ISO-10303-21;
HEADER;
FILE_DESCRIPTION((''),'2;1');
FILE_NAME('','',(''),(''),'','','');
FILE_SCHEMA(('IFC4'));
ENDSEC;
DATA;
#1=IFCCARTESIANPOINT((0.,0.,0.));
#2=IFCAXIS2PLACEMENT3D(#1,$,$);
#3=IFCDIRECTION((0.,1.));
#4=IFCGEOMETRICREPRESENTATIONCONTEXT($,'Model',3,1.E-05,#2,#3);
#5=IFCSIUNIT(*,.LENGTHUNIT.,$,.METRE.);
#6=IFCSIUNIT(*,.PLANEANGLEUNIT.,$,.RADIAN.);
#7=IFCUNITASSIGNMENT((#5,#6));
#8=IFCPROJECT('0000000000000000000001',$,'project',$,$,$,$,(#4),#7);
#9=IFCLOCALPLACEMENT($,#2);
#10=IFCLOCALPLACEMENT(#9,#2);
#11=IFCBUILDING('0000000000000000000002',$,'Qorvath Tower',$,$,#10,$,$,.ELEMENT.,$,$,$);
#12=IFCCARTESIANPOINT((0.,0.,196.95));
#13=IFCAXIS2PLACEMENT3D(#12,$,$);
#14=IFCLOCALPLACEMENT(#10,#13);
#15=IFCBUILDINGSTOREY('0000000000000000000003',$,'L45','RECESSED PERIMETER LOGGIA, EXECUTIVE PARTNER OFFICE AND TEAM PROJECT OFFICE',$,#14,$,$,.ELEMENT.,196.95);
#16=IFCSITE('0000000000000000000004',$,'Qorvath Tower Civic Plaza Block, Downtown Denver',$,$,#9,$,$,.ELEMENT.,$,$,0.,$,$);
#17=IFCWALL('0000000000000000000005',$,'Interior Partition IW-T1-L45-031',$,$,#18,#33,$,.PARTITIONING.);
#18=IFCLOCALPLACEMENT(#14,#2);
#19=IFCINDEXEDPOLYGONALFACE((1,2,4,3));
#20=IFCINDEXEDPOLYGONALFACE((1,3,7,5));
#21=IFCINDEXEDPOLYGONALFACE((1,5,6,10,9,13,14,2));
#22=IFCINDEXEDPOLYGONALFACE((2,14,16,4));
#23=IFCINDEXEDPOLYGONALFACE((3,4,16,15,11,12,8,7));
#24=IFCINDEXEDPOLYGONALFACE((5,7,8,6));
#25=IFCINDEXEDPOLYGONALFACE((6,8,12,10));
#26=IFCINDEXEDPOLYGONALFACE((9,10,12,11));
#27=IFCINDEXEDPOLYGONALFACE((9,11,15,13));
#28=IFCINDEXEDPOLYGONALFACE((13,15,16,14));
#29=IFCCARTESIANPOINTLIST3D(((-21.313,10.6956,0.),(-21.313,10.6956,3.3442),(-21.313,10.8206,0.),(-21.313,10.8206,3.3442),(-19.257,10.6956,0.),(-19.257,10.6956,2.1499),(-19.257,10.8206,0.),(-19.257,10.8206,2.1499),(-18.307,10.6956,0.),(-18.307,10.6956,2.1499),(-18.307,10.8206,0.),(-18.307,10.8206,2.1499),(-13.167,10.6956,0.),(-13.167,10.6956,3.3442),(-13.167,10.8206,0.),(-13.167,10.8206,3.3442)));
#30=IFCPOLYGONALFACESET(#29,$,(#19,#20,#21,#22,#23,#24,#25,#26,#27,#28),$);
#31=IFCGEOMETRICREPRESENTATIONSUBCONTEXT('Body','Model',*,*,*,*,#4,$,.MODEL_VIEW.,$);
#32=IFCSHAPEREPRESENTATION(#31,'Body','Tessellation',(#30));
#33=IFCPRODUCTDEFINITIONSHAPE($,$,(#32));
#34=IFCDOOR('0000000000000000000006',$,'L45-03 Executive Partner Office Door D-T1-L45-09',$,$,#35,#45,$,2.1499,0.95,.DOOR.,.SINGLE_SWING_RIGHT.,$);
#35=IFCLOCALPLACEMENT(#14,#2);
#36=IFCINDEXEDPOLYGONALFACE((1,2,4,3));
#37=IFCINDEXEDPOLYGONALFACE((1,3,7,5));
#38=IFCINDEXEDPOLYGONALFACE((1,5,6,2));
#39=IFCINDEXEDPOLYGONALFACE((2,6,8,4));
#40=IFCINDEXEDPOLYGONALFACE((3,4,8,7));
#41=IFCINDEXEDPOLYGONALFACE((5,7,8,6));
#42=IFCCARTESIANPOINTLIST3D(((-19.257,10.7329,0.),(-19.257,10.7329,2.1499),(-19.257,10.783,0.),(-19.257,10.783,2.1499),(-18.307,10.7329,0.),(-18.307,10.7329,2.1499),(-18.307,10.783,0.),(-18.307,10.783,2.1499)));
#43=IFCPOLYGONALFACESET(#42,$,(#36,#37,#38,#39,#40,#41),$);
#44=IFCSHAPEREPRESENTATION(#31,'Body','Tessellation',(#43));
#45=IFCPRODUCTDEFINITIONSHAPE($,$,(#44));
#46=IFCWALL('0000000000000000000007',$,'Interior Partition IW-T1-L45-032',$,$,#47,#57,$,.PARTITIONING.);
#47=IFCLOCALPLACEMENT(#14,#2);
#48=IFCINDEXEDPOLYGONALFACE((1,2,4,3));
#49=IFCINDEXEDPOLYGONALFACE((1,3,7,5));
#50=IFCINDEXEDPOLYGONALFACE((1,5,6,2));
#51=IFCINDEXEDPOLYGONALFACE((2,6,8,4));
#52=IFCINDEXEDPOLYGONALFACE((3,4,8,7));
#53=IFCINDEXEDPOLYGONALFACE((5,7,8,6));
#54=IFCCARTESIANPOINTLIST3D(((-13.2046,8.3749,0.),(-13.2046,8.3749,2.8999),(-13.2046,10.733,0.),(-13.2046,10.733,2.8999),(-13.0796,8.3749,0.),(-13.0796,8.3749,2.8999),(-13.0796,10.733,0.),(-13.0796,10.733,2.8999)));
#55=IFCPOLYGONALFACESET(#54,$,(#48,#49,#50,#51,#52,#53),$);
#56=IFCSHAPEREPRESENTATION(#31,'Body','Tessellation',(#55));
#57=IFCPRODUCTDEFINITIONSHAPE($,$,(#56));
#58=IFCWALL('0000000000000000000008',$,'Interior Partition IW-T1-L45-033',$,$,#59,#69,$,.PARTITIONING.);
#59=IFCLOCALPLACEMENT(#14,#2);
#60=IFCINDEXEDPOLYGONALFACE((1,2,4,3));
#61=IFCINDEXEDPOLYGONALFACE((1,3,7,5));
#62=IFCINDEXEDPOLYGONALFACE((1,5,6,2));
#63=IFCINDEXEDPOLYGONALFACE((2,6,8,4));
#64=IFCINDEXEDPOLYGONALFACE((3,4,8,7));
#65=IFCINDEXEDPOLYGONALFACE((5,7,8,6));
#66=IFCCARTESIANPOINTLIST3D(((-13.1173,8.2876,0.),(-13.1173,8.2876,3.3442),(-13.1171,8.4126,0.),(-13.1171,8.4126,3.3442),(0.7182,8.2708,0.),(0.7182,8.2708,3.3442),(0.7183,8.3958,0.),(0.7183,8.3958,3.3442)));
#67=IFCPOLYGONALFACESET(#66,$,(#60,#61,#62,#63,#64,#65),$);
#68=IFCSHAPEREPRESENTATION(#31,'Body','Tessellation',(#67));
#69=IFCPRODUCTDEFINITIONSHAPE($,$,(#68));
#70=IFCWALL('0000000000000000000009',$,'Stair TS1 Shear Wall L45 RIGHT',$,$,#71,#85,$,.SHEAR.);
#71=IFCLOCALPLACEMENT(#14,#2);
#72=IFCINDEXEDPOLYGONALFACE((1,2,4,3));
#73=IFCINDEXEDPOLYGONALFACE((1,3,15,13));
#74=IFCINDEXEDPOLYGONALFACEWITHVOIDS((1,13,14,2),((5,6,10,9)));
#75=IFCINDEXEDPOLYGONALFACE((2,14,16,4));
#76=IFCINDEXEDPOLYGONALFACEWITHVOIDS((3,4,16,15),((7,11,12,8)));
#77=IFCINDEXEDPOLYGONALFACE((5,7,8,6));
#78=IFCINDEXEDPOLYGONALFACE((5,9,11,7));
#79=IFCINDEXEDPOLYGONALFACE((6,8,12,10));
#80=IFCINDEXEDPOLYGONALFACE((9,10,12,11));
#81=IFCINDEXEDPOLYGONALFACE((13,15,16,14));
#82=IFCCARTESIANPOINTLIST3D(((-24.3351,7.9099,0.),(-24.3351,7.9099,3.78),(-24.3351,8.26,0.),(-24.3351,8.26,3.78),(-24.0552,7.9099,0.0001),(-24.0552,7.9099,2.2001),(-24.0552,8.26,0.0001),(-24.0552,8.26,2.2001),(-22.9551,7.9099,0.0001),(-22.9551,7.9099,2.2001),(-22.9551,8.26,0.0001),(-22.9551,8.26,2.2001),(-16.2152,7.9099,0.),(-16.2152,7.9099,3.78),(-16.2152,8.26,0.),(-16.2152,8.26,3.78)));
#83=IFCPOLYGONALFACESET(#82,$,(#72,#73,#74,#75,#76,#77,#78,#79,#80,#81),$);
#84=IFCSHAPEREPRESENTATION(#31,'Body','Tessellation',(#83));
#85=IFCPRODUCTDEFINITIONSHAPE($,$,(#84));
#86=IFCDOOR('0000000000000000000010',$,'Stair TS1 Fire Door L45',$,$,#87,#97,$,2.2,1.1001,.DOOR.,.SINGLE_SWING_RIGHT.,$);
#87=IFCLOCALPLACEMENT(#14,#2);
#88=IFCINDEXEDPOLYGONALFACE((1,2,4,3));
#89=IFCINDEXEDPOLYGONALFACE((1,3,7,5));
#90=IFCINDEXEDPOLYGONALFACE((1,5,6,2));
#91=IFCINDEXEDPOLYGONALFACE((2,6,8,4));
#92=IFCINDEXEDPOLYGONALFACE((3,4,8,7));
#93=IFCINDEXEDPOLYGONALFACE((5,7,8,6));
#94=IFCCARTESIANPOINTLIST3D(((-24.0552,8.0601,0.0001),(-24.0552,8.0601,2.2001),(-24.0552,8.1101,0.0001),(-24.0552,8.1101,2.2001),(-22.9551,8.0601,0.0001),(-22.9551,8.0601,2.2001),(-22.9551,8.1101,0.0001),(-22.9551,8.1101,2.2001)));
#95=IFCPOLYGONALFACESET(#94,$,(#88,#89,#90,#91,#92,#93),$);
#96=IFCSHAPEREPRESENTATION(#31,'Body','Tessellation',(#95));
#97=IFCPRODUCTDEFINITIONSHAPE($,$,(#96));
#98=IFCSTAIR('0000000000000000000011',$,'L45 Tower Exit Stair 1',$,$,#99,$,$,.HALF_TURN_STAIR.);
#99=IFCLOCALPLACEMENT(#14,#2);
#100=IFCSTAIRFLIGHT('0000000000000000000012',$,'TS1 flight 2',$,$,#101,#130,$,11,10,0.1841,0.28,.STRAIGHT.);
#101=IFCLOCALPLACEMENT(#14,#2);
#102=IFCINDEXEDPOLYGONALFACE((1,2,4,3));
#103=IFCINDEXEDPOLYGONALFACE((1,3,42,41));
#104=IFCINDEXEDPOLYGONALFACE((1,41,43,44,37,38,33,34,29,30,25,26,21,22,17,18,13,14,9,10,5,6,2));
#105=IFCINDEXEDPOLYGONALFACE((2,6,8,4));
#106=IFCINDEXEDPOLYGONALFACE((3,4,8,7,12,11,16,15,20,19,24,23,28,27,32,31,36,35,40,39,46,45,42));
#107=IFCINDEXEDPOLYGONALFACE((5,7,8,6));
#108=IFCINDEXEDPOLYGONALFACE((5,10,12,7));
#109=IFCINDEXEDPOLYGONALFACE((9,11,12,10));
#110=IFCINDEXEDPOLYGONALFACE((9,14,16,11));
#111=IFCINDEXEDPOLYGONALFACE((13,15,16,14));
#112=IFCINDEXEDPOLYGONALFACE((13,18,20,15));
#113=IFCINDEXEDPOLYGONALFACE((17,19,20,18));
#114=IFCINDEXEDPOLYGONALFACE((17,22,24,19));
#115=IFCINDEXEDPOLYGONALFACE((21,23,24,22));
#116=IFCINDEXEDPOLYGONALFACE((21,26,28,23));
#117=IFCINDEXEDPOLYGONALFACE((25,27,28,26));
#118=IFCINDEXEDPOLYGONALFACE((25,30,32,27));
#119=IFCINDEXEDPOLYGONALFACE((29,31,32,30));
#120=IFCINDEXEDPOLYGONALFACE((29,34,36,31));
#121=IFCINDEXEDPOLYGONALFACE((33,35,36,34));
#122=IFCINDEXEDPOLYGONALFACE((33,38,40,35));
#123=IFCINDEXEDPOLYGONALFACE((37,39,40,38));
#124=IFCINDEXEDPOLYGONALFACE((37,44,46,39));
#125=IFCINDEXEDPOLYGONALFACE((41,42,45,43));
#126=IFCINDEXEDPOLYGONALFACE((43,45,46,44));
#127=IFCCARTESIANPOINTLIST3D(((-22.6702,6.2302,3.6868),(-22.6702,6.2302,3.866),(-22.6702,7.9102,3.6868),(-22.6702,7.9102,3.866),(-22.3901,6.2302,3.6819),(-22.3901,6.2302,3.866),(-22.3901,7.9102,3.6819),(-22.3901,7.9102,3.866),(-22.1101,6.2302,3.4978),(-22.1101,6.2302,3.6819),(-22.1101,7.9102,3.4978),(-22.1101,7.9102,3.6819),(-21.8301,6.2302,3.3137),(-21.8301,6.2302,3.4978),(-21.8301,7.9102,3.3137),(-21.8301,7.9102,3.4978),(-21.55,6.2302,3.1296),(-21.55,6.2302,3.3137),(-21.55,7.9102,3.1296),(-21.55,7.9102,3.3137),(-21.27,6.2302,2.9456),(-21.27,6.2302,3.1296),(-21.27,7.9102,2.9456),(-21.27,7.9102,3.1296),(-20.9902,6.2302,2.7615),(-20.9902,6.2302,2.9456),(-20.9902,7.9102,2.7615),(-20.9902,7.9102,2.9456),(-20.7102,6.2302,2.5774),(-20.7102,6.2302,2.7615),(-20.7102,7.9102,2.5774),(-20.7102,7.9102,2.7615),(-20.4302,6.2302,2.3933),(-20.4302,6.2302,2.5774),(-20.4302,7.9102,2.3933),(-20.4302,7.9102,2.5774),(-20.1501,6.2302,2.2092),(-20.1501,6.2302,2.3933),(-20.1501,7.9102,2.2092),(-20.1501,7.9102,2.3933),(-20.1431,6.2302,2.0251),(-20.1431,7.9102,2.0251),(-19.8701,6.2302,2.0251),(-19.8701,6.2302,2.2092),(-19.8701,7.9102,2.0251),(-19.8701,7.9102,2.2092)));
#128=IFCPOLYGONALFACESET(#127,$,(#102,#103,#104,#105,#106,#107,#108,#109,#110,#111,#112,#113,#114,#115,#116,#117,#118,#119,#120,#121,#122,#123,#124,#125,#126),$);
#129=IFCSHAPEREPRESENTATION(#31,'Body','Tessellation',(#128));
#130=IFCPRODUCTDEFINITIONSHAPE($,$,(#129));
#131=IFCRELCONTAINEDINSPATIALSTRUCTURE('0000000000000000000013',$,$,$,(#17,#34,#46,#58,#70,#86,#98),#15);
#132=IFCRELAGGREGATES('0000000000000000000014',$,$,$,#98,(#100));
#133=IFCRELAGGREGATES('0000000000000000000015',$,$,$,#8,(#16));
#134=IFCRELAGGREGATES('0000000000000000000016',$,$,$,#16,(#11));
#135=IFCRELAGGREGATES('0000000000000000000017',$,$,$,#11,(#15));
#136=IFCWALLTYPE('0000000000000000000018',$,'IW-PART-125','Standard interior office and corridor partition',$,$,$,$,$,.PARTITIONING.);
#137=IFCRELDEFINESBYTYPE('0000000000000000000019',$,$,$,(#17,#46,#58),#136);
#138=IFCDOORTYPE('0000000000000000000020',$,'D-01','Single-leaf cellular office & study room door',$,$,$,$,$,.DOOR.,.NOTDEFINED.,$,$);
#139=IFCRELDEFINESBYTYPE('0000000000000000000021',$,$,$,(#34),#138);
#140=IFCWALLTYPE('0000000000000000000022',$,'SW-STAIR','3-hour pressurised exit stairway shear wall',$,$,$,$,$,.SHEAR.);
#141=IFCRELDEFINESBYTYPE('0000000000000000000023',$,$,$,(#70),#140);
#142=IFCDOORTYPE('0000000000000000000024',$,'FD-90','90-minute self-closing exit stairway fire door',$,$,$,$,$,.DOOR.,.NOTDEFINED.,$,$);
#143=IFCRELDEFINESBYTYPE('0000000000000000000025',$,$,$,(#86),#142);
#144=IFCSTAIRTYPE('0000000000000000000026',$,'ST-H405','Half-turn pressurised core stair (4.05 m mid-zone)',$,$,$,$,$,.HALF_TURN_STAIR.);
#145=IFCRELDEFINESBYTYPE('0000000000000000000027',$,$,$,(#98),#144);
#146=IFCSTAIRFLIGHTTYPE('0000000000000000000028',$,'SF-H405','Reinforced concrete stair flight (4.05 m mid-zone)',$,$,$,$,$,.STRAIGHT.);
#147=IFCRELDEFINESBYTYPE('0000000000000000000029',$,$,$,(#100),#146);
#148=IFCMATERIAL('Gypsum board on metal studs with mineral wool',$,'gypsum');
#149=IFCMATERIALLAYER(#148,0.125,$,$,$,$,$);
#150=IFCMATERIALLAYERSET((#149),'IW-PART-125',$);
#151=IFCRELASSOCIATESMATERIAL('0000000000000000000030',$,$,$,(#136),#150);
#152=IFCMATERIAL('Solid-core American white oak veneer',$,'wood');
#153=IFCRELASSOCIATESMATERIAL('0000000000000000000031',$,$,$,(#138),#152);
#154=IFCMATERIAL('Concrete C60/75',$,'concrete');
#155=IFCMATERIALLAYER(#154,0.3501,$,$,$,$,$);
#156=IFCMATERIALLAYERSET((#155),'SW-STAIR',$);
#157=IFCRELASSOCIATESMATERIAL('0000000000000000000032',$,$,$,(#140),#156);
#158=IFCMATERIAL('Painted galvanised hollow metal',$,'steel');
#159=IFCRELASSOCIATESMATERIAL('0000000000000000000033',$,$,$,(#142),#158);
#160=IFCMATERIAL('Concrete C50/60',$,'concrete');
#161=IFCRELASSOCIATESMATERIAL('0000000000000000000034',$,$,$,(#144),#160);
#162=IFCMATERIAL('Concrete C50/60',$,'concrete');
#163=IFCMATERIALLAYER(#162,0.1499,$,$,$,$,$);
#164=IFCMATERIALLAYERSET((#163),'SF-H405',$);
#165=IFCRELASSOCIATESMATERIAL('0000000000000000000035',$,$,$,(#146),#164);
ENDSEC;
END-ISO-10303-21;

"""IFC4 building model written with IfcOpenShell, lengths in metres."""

from ifc_helpers import new_model, si_unit, direction, frame, frame_2d, origin, place, context, subcontext, project, spatial, polyline, rectangle, outline, extrude, material, layer, layer_set, type_object, element, fill, aggregate, save


model = new_model("IFC4")

# Units and contexts
model_context = context("Model", 3, precision=1e-05, world=origin(), true_north=direction((0.0, 1.0)))
body_context = subcontext(model_context, "Body", "Model", "MODEL_VIEW")
ifc_project = project(units=[si_unit("LENGTHUNIT", "METRE"), si_unit("PLANEANGLEUNIT", "RADIAN")], contexts=[model_context])

# Site, building, storey
site_placement = place(None, origin())
site = spatial("IfcSite", under=ifc_project, at=site_placement, Name="Qorvath Tower Civic Plaza Block, Downtown Denver", CompositionType="ELEMENT", RefElevation=0.0)
building_placement = place(site_placement, origin())
building = spatial("IfcBuilding", under=site, at=building_placement, Name="Qorvath Tower", CompositionType="ELEMENT")
storey_placement = place(building_placement, frame((0.0, 0.0, 196.95)))
storey = spatial("IfcBuildingStorey", under=building, at=storey_placement, Name="L45", Description="RECESSED PERIMETER LOGGIA, EXECUTIVE PARTNER OFFICE AND TEAM PROJECT OFFICE", CompositionType="ELEMENT", Elevation=196.95)

# Wall, opening, door
ifc_material_1 = material(Name="Gypsum board on metal studs with mineral wool", Category="gypsum")
ifc_layer_1 = layer(ifc_material_1, 0.125)
ifc_layer_set_1 = layer_set([ifc_layer_1], Name="IW-PART-125")
wall_type_1 = type_object("IfcWallType", Name="IW-PART-125", Description="Standard interior office and corridor partition", PredefinedType="PARTITIONING", material=ifc_layer_set_1)
wall_1_placement = place(storey_placement, frame((-21.313, 10.7581, 0.0), z_axis=(0.0, 0.0, 1.0), x_axis=(1.0, 0.0, 0.0)))
wall_1 = element("IfcWall", 1, at=wall_1_placement, inside=storey, type_object=wall_type_1, Name="Interior Partition IW-T1-L45-031", PredefinedType="PARTITIONING", context=body_context, shape_type="SweptSolid", body=[
    extrude(rectangle(XDim=8.146, YDim=0.125, at=frame_2d((4.073, 0.0))), origin(), (0.0, 0.0, 1.0), 3.3442),
])
opening_1_placement = place(wall_1_placement, frame((2.0559, 0.0, 0.0)))
opening_1 = element("IfcOpeningElement", 2, at=opening_1_placement, cuts=wall_1, PredefinedType="OPENING", context=body_context, shape_type="SweptSolid", body=[
    extrude(rectangle(XDim=0.95, YDim=2.1499, at=frame_2d((0.4751, 1.075))), frame((0.0, 0.0725, 0.0), z_axis=(0.0, -1.0, 0.0), x_axis=(1.0, 0.0, 0.0)), (0.0, 0.0, 1.0), 0.145),
])
ifc_material_2 = material(Name="Solid-core American white oak veneer", Category="wood")
door_type_1 = type_object("IfcDoorType", Name="D-01", Description="Single-leaf cellular office & study room door", OperationType="NOTDEFINED", PredefinedType="DOOR", material=ifc_material_2)
door_1_placement = place(opening_1_placement, origin())
door_1 = element("IfcDoor", 3, at=door_1_placement, inside=storey, type_object=door_type_1, Name="L45-03 Executive Partner Office Door D-T1-L45-09", OperationType="SINGLE_SWING_RIGHT", OverallHeight=2.1499, OverallWidth=0.95, PredefinedType="DOOR", context=body_context, shape_type="SweptSolid", body=[
    extrude(rectangle(XDim=0.95, YDim=2.1499, at=frame_2d((0.4751, 1.075))), frame((0.0, 0.0249, 0.0), z_axis=(0.0, -1.0, 0.0), x_axis=(1.0, 0.0, 0.0)), (0.0, 0.0, 1.0), 0.05),
])
fill(opening_1, door_1)

# Walls
wall_2_placement = place(storey_placement, frame((-13.1421, 10.7332, 0.0), z_axis=(0.0, 0.0, 1.0), x_axis=(0.0, -1.0, 0.0)))
element("IfcWall", 4, at=wall_2_placement, inside=storey, type_object=wall_type_1, Name="Interior Partition IW-T1-L45-032", PredefinedType="PARTITIONING", context=body_context, shape_type="SweptSolid", body=[
    extrude(rectangle(XDim=2.3582, YDim=0.125, at=frame_2d((1.1792, 0.0))), origin(), (0.0, 0.0, 1.0), 2.8999),
])
wall_3_placement = place(storey_placement, frame((-13.1172, 8.3501, 0.0), z_axis=(0.0, 0.0, 1.0), x_axis=(0.999999, -0.001218, 0.0)))
element("IfcWall", 5, at=wall_3_placement, inside=storey, type_object=wall_type_1, Name="Interior Partition IW-T1-L45-033", PredefinedType="PARTITIONING", context=body_context, shape_type="SweptSolid", body=[
    extrude(rectangle(XDim=13.8354, YDim=0.125, at=frame_2d((6.9177, 0.0))), origin(), (0.0, 0.0, 1.0), 3.3442),
])

# Wall, opening, door
ifc_material_3 = material(Name="Concrete C60/75", Category="concrete")
ifc_layer_2 = layer(ifc_material_3, 0.3501)
ifc_layer_set_2 = layer_set([ifc_layer_2], Name="SW-STAIR")
wall_type_2 = type_object("IfcWallType", Name="SW-STAIR", Description="3-hour pressurised exit stairway shear wall", PredefinedType="SHEAR", material=ifc_layer_set_2)
wall_4_placement = place(storey_placement, frame((-16.2151, 8.085, 0.0), z_axis=(0.0, 0.0, 1.0), x_axis=(-1.0, 0.0, 0.0)))
wall_4 = element("IfcWall", 6, at=wall_4_placement, inside=storey, type_object=wall_type_2, Name="Stair TS1 Shear Wall L45 RIGHT", PredefinedType="SHEAR", context=body_context, shape_type="SweptSolid", body=[
    extrude(rectangle(XDim=8.1199, YDim=0.3501, at=frame_2d((4.0601, 0.0))), origin(), (0.0, 0.0, 1.0), 3.78),
])
opening_2_placement = place(wall_4_placement, frame((6.74, 0.0, 0.0)))
opening_2 = element("IfcOpeningElement", 7, at=opening_2_placement, cuts=wall_4, PredefinedType="OPENING", context=body_context, shape_type="SweptSolid", body=[
    extrude(rectangle(XDim=1.1001, YDim=2.2, at=frame_2d((0.55, 1.1001))), frame((0.0, 0.1851, 0.0), z_axis=(0.0, -1.0, 0.0), x_axis=(1.0, 0.0, 0.0)), (0.0, 0.0, 1.0), 0.3701),
])
ifc_material_4 = material(Name="Painted galvanised hollow metal", Category="steel")
door_type_2 = type_object("IfcDoorType", Name="FD-90", Description="90-minute self-closing exit stairway fire door", OperationType="NOTDEFINED", PredefinedType="DOOR", material=ifc_material_4)
door_2_placement = place(opening_2_placement, origin())
door_2 = element("IfcDoor", 8, at=door_2_placement, inside=storey, type_object=door_type_2, Name="Stair TS1 Fire Door L45", OperationType="SINGLE_SWING_RIGHT", OverallHeight=2.2, OverallWidth=1.1001, PredefinedType="DOOR", context=body_context, shape_type="SweptSolid", body=[
    extrude(rectangle(XDim=1.1001, YDim=2.2, at=frame_2d((0.55, 1.1001))), frame((0.0, 0.0249, 0.0), z_axis=(0.0, -1.0, 0.0), x_axis=(1.0, 0.0, 0.0)), (0.0, 0.0, 1.0), 0.05),
])
fill(opening_2, door_2)

# Stair, stair flight
ifc_material_5 = material(Name="Concrete C50/60", Category="concrete")
stair_type = type_object("IfcStairType", Name="ST-H405", Description="Half-turn pressurised core stair (4.05 m mid-zone)", PredefinedType="HALF_TURN_STAIR", material=ifc_material_5)
stair_placement = place(storey_placement, origin())
stair = element("IfcStair", 9, at=stair_placement, inside=storey, type_object=stair_type, Name="L45 Tower Exit Stair 1", PredefinedType="HALF_TURN_STAIR")
ifc_material_6 = material(Name="Concrete C50/60", Category="concrete")
ifc_layer_3 = layer(ifc_material_6, 0.1499)
ifc_layer_set_3 = layer_set([ifc_layer_3], Name="SF-H405")
stair_flight_type = type_object("IfcStairFlightType", Name="SF-H405", Description="Reinforced concrete stair flight (4.05 m mid-zone)", PredefinedType="STRAIGHT", material=ifc_layer_set_3)
stair_flight_placement = place(storey_placement, frame((-19.8701, 7.0701, 2.0251), z_axis=(0.0, 0.0, 1.0), x_axis=(-1.0, 0.0, 0.0)))
stair_flight = element("IfcStairFlight", 10, at=stair_flight_placement, type_object=stair_flight_type, Name="TS1 flight 2", NumberOfRisers=11, NumberOfTreads=10, PredefinedType="STRAIGHT", RiserHeight=0.1841, TreadLength=0.28, context=body_context, shape_type="SweptSolid", body=[
    extrude(outline(polyline([(0.0, 0.0), (0.0, 0.1841), (0.28, 0.1841), (0.28, 0.3682), (0.5601, 0.3682), (0.5601, 0.5522), (0.8401, 0.5522), (0.8401, 0.7363), (1.1201, 0.7363), (1.1201, 0.9204), (1.3999, 0.9204), (1.3999, 1.1045), (1.6799, 1.1045), (1.6799, 1.2886), (1.96, 1.2886), (1.96, 1.4727), (2.24, 1.4727), (2.24, 1.6567), (2.52, 1.6567), (2.52, 1.8408), (2.8, 1.8408), (2.8, 2.0249), (2.8, 1.6616), (0.2729, 0.0), (0.0, 0.0)])), frame((0.0, 0.8398, 0.0), z_axis=(0.0, -1.0, 0.0), x_axis=(1.0, 0.0, 0.0)), (0.0, 0.0, 1.0), 1.6799),
])
aggregate(stair, [stair_flight])

save(model, "model.ifc")
